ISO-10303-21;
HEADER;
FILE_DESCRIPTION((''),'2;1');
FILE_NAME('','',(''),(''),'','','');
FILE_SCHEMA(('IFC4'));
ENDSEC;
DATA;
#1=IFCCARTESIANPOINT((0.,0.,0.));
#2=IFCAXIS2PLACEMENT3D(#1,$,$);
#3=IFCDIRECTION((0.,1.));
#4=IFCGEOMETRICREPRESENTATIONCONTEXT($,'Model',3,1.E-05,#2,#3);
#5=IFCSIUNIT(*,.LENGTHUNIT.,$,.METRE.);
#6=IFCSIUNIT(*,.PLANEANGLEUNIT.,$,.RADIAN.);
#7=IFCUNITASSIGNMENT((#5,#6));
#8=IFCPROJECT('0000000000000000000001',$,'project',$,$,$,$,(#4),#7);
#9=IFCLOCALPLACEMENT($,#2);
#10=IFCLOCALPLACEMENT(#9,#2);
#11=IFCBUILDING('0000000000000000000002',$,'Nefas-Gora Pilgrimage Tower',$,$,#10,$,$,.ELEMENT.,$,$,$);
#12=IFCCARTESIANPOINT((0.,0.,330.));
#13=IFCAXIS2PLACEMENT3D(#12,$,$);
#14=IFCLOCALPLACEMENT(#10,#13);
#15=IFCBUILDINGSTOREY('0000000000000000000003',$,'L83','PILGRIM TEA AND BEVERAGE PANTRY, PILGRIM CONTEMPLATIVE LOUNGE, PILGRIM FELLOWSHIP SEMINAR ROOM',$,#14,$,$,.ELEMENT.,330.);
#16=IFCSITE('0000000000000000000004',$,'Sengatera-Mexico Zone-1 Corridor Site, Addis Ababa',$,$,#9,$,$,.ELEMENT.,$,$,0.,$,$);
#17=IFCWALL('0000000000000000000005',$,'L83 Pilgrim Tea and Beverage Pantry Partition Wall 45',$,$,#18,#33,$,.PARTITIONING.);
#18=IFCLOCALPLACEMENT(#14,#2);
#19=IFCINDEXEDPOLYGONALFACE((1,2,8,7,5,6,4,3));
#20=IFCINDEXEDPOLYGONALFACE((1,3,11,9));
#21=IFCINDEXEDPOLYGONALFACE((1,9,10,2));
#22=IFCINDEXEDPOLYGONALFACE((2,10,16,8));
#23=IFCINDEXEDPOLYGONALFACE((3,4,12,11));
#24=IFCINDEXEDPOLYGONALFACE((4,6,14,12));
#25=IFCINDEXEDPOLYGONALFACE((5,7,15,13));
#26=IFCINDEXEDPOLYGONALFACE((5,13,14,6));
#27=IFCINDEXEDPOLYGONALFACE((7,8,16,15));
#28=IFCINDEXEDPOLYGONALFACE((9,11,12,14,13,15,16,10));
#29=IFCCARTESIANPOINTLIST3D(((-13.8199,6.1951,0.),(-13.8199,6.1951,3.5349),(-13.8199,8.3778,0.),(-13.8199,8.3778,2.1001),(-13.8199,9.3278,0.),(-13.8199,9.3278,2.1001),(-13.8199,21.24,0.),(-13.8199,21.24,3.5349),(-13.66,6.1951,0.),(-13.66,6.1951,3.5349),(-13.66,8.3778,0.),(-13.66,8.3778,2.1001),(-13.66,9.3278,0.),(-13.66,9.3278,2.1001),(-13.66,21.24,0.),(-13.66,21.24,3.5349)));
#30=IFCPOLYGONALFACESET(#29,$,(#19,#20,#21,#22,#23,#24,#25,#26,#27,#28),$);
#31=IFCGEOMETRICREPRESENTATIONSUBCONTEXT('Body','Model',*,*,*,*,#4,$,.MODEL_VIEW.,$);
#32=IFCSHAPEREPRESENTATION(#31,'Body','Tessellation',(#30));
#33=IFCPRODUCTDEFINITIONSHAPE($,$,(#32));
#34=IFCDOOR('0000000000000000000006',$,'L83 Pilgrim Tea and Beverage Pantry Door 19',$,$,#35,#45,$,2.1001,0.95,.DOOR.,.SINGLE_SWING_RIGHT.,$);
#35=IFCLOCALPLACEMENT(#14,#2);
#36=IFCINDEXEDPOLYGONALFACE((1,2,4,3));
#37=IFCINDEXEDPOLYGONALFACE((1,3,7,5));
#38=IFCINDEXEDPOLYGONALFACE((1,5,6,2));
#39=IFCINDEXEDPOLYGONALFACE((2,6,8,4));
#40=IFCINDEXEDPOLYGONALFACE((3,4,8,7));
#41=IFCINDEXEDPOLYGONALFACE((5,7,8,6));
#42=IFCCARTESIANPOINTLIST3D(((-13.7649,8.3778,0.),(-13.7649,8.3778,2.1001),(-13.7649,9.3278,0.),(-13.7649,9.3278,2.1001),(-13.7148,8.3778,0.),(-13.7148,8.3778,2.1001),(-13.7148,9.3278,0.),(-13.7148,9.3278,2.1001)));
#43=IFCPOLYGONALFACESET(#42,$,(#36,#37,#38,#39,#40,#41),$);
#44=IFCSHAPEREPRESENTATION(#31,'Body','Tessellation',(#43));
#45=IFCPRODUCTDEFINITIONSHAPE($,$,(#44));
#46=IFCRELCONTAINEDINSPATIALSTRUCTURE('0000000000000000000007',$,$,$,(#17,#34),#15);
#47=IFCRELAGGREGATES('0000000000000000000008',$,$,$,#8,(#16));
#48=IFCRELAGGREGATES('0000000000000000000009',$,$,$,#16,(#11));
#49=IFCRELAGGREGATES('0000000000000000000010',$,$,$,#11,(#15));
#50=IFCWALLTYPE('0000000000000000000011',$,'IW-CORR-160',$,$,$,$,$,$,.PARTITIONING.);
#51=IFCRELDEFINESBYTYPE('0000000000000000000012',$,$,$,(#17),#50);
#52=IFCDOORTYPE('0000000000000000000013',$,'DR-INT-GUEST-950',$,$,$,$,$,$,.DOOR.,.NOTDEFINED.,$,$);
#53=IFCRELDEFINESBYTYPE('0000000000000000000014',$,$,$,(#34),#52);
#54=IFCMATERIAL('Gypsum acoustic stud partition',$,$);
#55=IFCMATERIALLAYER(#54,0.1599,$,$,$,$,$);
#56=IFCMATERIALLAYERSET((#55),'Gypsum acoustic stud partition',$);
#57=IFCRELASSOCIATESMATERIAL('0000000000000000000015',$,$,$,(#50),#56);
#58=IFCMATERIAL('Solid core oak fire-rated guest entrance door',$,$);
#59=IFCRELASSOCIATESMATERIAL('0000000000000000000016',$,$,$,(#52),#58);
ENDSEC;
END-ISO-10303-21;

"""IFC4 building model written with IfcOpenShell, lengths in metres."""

from ifc_helpers import new_model, si_unit, direction, frame, frame_2d, origin, place, context, subcontext, project, spatial, rectangle, extrude, source, transform, mapped, material, layer, layer_set, type_object, element, fill, save


model = new_model("IFC4")

# Units and contexts
model_context = context("Model", 3, precision=1e-05, world=origin(), true_north=direction((0.0, 1.0)))
body_context = subcontext(model_context, "Body", "Model", "MODEL_VIEW")
ifc_project = project(units=[si_unit("LENGTHUNIT", "METRE"), si_unit("PLANEANGLEUNIT", "RADIAN")], contexts=[model_context])

# Site, building, storey
site_placement = place(None, origin())
site = spatial("IfcSite", under=ifc_project, at=site_placement, Name="Sengatera-Mexico Zone-1 Corridor Site, Addis Ababa", CompositionType="ELEMENT", RefElevation=0.0)
building_placement = place(site_placement, origin())
building = spatial("IfcBuilding", under=site, at=building_placement, Name="Nefas-Gora Pilgrimage Tower", CompositionType="ELEMENT")
storey_placement = place(building_placement, frame((0.0, 0.0, 330.0)))
storey = spatial("IfcBuildingStorey", under=building, at=storey_placement, Name="L83", Description="PILGRIM TEA AND BEVERAGE PANTRY, PILGRIM CONTEMPLATIVE LOUNGE, PILGRIM FELLOWSHIP SEMINAR ROOM", CompositionType="ELEMENT", Elevation=330.0)

# Wall, opening, door
ifc_material_1 = material(Name="Gypsum acoustic stud partition")
ifc_layer_1 = layer(ifc_material_1, 0.1599)
ifc_layer_set_1 = layer_set([ifc_layer_1], Name="Gypsum acoustic stud partition")
wall_type_1 = type_object("IfcWallType", Name="IW-CORR-160", PredefinedType="PARTITIONING", material=ifc_layer_set_1)
shared_shape_1 = source(origin(), body_context, "Body", "SweptSolid", [
    extrude(rectangle(XDim=15.0449, YDim=0.1599, at=frame_2d((7.5225, 0.0))), origin(), (0.0, 0.0, 1.0), 3.5349),
])
wall_1_placement = place(storey_placement, frame((-13.74, 6.1951, 0.0), z_axis=(0.0, 0.0, 1.0), x_axis=(0.0, 1.0, 0.0)))
wall_1 = element("IfcWall", 1, at=wall_1_placement, inside=storey, type_object=wall_type_1, Name="L83 Pilgrim Tea and Beverage Pantry Partition Wall 45", PredefinedType="PARTITIONING", context=body_context, shape_type="MappedRepresentation", body=[
    mapped(shared_shape_1, transform((0.0, 0.0, 0.0), x_axis=(1.0, 0.0, 0.0), y_axis=(0.0, 1.0, 0.0), z_axis=(0.0, 0.0, 1.0), scale=1.0)),
])
opening_placement = place(wall_1_placement, frame((2.1826, 0.0, 0.0)))
opening = element("IfcOpeningElement", 2, at=opening_placement, cuts=wall_1, PredefinedType="OPENING", context=body_context, shape_type="SweptSolid", body=[
    extrude(rectangle(XDim=0.95, YDim=2.1001, at=frame_2d((0.4751, 1.05))), frame((0.0, 0.0898, 0.0), z_axis=(0.0, -1.0, 0.0), x_axis=(1.0, 0.0, 0.0)), (0.0, 0.0, 1.0), 0.1799),
])
ifc_material_2 = material(Name="Solid core oak fire-rated guest entrance door")
door_type = type_object("IfcDoorType", Name="DR-INT-GUEST-950", OperationType="NOTDEFINED", PredefinedType="DOOR", material=ifc_material_2)
shared_shape_2 = source(origin(), body_context, "Body", "SweptSolid", [
    extrude(rectangle(XDim=0.95, YDim=2.1001, at=frame_2d((0.4751, 1.05))), frame((0.0, 0.0249, 0.0), z_axis=(0.0, -1.0, 0.0), x_axis=(1.0, 0.0, 0.0)), (0.0, 0.0, 1.0), 0.05),
])
door_placement = place(opening_placement, origin())
door = element("IfcDoor", 3, at=door_placement, inside=storey, type_object=door_type, Name="L83 Pilgrim Tea and Beverage Pantry Door 19", OperationType="SINGLE_SWING_RIGHT", OverallHeight=2.1001, OverallWidth=0.95, PredefinedType="DOOR", context=body_context, shape_type="MappedRepresentation", body=[
    mapped(shared_shape_2, transform((0.0, 0.0, 0.0), x_axis=(1.0, 0.0, 0.0), y_axis=(0.0, 1.0, 0.0), z_axis=(0.0, 0.0, 1.0), scale=1.0)),
])
fill(opening, door)

save(model, "model.ifc")
